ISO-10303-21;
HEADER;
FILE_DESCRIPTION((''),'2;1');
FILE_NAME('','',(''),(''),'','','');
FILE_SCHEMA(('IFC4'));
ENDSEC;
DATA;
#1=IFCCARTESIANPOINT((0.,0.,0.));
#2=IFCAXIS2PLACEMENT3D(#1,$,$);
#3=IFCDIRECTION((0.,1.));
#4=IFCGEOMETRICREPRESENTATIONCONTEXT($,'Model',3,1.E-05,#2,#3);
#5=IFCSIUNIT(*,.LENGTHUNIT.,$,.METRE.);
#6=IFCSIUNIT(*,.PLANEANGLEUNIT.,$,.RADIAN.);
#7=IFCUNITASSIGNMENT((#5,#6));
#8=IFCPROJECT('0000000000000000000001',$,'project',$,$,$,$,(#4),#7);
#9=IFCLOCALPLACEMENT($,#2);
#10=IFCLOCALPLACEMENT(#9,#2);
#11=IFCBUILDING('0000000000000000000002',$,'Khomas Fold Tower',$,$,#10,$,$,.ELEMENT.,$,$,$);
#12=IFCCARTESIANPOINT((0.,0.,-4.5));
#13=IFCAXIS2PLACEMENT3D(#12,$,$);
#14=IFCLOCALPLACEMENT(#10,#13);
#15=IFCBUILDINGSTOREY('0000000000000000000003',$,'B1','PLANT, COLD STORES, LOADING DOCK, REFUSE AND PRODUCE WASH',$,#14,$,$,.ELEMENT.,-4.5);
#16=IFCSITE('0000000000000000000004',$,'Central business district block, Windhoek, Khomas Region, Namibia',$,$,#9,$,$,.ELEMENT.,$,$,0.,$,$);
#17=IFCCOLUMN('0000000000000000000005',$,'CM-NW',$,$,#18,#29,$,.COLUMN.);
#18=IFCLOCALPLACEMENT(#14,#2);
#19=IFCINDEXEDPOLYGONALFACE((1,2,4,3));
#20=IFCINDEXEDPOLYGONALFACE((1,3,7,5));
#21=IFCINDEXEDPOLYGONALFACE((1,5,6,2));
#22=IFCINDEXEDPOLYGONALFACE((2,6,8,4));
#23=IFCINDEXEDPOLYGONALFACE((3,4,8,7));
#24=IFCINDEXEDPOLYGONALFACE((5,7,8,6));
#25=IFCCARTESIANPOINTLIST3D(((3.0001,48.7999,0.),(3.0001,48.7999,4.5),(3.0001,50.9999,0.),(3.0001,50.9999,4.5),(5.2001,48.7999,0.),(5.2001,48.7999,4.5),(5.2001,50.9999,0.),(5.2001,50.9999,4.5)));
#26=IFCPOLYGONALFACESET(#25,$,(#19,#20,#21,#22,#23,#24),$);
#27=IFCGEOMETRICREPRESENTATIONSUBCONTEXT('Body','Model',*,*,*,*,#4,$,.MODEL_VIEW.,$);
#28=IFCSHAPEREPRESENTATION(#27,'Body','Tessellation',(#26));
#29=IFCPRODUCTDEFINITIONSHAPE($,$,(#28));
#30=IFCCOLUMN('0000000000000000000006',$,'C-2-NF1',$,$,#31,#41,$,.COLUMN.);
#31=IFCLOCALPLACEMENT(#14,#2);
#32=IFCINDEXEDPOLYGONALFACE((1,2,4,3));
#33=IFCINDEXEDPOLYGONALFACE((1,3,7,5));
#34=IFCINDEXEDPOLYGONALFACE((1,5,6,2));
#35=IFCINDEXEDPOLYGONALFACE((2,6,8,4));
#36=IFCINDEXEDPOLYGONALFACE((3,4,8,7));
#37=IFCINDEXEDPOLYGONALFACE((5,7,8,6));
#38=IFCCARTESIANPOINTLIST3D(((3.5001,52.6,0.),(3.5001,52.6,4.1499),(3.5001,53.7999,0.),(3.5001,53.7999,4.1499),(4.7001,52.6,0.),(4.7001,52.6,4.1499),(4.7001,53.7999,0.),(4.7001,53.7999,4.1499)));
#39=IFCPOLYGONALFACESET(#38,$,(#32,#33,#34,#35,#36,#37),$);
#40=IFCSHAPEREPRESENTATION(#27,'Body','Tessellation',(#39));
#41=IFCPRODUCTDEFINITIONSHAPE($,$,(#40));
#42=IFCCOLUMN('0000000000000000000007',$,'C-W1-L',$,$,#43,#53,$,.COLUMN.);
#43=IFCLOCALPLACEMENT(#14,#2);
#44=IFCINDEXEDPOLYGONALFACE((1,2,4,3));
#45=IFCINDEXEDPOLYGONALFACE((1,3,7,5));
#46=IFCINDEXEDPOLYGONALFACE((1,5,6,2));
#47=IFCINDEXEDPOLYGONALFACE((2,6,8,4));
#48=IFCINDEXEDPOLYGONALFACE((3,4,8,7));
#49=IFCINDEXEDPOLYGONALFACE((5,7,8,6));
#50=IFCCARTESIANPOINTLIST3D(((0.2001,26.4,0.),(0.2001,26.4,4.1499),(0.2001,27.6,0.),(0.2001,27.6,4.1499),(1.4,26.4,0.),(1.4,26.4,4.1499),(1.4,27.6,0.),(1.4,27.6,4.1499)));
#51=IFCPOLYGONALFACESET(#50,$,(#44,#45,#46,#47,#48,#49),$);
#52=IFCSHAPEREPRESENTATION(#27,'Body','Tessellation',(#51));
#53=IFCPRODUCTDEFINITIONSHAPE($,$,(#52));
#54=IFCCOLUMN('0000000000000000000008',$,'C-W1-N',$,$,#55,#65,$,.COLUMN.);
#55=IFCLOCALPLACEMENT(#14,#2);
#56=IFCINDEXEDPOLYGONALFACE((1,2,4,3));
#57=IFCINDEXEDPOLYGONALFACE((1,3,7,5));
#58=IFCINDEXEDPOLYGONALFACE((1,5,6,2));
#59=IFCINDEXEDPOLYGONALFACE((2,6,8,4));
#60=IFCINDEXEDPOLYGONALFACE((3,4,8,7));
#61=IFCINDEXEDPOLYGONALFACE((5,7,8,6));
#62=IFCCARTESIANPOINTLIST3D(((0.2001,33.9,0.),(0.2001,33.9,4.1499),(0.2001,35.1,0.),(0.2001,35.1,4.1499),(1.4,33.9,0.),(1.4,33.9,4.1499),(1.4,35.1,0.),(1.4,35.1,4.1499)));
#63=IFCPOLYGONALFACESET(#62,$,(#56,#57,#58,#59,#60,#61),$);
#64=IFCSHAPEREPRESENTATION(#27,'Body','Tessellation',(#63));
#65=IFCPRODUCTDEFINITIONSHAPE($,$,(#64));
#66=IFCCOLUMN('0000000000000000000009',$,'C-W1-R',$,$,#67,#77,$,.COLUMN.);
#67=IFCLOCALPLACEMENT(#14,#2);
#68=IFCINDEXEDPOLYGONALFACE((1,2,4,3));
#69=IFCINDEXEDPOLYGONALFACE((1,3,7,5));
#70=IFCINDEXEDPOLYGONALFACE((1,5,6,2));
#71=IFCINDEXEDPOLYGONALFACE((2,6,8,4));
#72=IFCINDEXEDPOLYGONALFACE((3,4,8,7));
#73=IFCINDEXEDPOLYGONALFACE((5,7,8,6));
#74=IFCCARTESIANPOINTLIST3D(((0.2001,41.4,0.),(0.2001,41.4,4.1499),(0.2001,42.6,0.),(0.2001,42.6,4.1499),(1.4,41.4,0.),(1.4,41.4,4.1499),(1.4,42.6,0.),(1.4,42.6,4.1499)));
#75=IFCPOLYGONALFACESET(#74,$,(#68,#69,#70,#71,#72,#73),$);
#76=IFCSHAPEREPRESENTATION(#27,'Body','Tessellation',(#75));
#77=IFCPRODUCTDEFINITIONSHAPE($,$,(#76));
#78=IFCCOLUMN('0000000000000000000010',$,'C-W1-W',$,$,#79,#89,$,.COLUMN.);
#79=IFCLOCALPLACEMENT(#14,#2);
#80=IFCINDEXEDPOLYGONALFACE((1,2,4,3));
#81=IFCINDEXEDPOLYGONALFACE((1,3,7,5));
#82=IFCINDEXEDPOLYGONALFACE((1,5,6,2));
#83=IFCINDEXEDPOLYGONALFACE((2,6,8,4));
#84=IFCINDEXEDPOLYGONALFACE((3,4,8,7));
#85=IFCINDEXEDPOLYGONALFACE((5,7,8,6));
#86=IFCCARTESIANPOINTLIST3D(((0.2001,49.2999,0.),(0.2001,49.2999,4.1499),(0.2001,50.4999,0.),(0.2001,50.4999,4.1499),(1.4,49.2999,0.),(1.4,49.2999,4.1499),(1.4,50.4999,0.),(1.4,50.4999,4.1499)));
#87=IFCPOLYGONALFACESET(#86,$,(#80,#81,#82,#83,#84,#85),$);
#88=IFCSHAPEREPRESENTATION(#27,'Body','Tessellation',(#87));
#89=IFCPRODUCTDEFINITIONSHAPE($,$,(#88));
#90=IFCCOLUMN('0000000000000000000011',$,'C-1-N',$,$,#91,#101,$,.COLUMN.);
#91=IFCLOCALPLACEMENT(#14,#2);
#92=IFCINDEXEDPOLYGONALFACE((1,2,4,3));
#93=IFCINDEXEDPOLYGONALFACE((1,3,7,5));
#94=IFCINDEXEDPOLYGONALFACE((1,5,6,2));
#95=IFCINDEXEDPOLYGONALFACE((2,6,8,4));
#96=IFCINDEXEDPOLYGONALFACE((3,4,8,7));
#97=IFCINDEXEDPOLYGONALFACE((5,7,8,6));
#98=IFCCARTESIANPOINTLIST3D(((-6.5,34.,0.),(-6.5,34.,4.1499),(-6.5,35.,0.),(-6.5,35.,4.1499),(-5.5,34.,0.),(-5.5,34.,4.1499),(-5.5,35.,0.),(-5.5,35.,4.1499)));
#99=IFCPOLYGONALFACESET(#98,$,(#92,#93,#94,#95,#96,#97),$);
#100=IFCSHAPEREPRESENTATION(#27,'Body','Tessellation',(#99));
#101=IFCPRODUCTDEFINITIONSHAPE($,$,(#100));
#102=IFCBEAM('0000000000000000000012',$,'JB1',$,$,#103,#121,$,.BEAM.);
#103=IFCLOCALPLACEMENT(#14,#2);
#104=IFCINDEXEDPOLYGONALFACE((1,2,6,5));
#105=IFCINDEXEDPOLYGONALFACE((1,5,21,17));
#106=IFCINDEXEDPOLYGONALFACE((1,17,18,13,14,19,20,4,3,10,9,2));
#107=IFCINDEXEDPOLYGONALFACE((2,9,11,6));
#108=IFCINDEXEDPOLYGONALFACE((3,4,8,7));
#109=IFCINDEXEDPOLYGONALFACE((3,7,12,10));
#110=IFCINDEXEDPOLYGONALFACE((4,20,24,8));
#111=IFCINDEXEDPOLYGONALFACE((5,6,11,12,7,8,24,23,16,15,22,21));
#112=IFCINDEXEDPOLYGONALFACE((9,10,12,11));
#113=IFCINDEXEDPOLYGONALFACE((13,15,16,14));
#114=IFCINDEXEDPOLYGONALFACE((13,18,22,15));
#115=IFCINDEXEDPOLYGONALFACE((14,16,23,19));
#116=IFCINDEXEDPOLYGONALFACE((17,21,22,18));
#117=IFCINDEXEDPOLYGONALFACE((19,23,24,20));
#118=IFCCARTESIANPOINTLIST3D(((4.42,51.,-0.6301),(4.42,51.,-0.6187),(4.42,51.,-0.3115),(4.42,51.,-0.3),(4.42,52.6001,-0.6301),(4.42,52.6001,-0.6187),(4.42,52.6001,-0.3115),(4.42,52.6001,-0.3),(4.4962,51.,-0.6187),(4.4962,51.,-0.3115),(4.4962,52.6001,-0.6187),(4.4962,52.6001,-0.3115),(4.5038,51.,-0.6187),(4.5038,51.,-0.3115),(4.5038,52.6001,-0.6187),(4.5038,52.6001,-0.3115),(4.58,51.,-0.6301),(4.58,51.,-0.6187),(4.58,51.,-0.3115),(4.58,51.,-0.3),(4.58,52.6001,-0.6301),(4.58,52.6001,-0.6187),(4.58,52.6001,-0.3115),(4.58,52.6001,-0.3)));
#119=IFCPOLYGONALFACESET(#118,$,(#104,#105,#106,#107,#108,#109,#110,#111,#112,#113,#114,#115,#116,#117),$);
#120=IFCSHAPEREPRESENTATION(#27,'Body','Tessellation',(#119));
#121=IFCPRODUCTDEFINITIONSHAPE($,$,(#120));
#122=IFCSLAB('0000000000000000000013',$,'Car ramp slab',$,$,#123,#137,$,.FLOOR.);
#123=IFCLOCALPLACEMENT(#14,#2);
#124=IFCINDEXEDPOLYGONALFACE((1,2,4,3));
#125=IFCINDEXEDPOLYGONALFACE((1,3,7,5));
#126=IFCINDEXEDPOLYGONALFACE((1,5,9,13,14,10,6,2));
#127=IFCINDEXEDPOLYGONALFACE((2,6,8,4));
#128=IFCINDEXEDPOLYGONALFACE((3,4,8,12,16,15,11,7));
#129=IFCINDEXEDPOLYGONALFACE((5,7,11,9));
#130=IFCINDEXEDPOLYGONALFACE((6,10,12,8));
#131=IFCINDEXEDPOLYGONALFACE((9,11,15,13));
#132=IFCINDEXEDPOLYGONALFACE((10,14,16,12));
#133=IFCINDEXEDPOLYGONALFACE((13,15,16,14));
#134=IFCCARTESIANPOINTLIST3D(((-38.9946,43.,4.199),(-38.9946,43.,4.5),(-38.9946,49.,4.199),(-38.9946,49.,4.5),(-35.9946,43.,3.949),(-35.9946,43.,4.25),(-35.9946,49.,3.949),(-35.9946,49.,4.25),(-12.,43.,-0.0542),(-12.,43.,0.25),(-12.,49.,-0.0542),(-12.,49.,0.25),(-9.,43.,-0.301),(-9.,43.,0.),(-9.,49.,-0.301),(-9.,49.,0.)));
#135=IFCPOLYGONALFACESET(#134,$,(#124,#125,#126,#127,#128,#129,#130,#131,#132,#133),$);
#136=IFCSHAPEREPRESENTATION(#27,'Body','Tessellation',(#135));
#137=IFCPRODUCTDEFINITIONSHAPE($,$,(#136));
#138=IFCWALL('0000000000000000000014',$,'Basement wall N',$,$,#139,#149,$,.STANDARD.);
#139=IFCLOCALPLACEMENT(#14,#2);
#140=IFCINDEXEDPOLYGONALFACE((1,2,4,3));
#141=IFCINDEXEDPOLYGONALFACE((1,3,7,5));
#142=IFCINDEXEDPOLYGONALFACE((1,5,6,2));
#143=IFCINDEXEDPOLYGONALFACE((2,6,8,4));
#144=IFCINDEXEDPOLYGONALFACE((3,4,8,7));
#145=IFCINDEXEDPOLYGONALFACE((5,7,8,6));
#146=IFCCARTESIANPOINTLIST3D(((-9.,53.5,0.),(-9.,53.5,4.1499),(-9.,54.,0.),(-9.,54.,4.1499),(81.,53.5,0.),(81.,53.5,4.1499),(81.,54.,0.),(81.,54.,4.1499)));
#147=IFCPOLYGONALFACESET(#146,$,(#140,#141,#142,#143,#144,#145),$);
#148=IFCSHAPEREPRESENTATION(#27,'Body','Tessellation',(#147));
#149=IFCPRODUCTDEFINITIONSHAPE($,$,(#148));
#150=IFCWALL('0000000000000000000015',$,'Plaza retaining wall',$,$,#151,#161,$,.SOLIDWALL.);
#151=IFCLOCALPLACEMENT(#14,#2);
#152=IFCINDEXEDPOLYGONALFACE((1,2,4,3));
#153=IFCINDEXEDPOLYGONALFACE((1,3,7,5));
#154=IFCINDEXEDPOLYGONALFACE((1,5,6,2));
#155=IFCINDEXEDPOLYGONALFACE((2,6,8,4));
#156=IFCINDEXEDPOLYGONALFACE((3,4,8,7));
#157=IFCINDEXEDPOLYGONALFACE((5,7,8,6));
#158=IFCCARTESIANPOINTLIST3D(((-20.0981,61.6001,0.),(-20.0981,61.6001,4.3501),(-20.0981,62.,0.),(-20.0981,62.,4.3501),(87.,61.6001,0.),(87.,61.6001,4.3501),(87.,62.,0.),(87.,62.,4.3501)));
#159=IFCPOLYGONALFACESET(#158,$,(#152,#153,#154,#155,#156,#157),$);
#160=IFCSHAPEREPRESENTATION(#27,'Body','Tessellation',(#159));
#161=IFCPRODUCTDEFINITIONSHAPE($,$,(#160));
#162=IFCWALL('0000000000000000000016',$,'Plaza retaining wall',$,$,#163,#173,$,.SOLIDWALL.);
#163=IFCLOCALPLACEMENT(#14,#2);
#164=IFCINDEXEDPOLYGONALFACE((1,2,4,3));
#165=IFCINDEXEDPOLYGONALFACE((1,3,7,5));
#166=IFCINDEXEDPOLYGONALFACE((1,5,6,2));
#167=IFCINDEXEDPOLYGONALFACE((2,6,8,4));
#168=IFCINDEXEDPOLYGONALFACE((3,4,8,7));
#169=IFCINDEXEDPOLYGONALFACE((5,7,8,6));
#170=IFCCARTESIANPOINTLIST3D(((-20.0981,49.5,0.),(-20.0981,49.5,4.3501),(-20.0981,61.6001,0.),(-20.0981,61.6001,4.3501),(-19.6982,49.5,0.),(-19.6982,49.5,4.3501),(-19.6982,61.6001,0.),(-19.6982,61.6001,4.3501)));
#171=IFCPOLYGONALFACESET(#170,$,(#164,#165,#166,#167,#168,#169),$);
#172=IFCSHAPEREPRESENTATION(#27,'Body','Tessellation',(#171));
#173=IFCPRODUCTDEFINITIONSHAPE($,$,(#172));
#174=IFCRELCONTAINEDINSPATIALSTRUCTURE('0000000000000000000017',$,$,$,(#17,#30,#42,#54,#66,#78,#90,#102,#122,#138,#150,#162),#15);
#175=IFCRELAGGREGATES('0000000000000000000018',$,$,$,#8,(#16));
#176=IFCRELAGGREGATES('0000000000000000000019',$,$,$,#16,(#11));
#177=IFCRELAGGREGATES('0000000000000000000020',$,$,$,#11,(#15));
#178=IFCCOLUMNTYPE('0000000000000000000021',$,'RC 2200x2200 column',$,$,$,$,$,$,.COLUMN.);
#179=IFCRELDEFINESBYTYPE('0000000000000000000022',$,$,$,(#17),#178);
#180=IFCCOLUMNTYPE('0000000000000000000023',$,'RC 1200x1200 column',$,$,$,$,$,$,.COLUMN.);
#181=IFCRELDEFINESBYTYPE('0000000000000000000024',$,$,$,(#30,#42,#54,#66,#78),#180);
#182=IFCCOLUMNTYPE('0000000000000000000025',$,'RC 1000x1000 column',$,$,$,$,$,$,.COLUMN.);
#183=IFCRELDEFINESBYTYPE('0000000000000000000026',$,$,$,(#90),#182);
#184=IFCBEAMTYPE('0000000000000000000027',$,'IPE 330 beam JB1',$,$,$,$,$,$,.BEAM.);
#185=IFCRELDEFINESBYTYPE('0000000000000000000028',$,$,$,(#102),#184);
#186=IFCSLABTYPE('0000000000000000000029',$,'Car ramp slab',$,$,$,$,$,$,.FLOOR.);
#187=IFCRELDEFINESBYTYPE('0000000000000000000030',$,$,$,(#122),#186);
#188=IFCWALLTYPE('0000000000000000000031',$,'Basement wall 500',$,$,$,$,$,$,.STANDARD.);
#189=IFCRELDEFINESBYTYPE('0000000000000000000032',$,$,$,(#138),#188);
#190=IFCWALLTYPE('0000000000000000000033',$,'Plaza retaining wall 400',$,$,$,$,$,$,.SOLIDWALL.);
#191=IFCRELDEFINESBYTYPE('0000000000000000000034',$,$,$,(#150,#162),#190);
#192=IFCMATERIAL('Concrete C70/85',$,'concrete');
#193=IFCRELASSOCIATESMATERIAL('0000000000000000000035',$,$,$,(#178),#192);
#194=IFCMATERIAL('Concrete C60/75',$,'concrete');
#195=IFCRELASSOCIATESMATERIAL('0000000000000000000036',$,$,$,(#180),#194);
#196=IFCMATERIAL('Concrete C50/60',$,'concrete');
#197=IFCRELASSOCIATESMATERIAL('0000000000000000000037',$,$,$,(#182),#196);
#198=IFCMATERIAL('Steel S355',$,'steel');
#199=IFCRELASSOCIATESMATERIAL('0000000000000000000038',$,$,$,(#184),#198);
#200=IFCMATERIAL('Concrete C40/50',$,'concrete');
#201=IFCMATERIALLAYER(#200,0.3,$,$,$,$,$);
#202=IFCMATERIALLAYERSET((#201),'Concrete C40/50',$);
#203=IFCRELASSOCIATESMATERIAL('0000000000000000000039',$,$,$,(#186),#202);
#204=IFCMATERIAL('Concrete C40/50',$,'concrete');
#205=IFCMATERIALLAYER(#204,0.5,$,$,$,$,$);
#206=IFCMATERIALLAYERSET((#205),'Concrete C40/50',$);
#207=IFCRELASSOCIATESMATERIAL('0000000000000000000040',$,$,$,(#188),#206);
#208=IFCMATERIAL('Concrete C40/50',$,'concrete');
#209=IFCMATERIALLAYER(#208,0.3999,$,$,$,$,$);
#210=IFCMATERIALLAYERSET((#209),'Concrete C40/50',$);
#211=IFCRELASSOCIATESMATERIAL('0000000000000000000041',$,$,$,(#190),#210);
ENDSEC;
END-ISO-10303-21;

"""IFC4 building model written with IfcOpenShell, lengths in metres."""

from ifc_helpers import new_model, si_unit, direction, frame, frame_2d, origin, origin_2d, place, context, subcontext, project, spatial, polyline, rectangle, i_section, outline, extrude, source, transform, mapped, material, layer, layer_set, material_profile, profile_set, type_object, element, save


model = new_model("IFC4")

# Units and contexts
model_context = context("Model", 3, precision=1e-05, world=origin(), true_north=direction((0.0, 1.0)))
body_context = subcontext(model_context, "Body", "Model", "MODEL_VIEW")
ifc_project = project(units=[si_unit("LENGTHUNIT", "METRE"), si_unit("PLANEANGLEUNIT", "RADIAN")], contexts=[model_context])

# Site, building, storey
site_placement = place(None, origin())
site = spatial("IfcSite", under=ifc_project, at=site_placement, Name="Central business district block, Windhoek, Khomas Region, Namibia", CompositionType="ELEMENT", RefElevation=0.0)
building_placement = place(site_placement, origin())
building = spatial("IfcBuilding", under=site, at=building_placement, Name="Khomas Fold Tower", CompositionType="ELEMENT")
storey_placement = place(building_placement, frame((0.0, 0.0, -4.5)))
storey = spatial("IfcBuildingStorey", under=building, at=storey_placement, Name="B1", Description="PLANT, COLD STORES, LOADING DOCK, REFUSE AND PRODUCE WASH", CompositionType="ELEMENT", Elevation=-4.5)

# Columns
ifc_material_1 = material(Name="Concrete C70/85", Category="concrete")
ifc_material_profile_1 = material_profile(ifc_material_1, rectangle(XDim=2.2, YDim=2.2, at=origin_2d()), Name="RC 2200x2200")
ifc_profile_set_1 = profile_set([ifc_material_profile_1], Name="Concrete C70/85")
column_type_1 = type_object("IfcColumnType", Name="RC 2200x2200 column", PredefinedType="COLUMN", material=ifc_profile_set_1)
shared_shape_1 = source(origin(), body_context, "Body", "SweptSolid", [
    extrude(rectangle(XDim=2.2, YDim=2.2, at=origin_2d()), origin(), (0.0, 0.0, 1.0), 4.5),
])
column_1_placement = place(storey_placement, frame((4.1001, 49.8999, 0.0), z_axis=(0.0, 0.0, 1.0), x_axis=(1.0, 0.0, 0.0)))
element("IfcColumn", 1, at=column_1_placement, inside=storey, type_object=column_type_1, Name="CM-NW", PredefinedType="COLUMN", context=body_context, shape_type="MappedRepresentation", body=[
    mapped(shared_shape_1, transform((0.0, 0.0, 0.0))),
])
ifc_material_2 = material(Name="Concrete C60/75", Category="concrete")
ifc_material_profile_2 = material_profile(ifc_material_2, rectangle(XDim=1.2, YDim=1.2, at=origin_2d()), Name="RC 1200x1200")
ifc_profile_set_2 = profile_set([ifc_material_profile_2], Name="Concrete C60/75")
column_type_2 = type_object("IfcColumnType", Name="RC 1200x1200 column", PredefinedType="COLUMN", material=ifc_profile_set_2)
shared_shape_2 = source(origin(), body_context, "Body", "SweptSolid", [
    extrude(rectangle(XDim=1.2, YDim=1.2, at=origin_2d()), origin(), (0.0, 0.0, 1.0), 4.1499),
])
for number, where, z_axis, x_axis, name in (
    (2, (4.1001, 53.2, 0.0), (0.0, 0.0, 1.0), (1.0, 0.0, 0.0), "C-2-NF1"),
    (3, (0.8, 27.0, 0.0), (0.0, 0.0, 1.0), (1.0, 0.0, 0.0), "C-W1-L"),
    (4, (0.8, 34.5, 0.0), (0.0, 0.0, 1.0), (1.0, 0.0, 0.0), "C-W1-N"),
    (5, (0.8, 42.0, 0.0), (0.0, 0.0, 1.0), (1.0, 0.0, 0.0), "C-W1-R"),
    (6, (0.8, 49.8999, 0.0), (0.0, 0.0, 1.0), (1.0, 0.0, 0.0), "C-W1-W"),
):
    element("IfcColumn", number, at=place(storey_placement, frame(where, z_axis=z_axis, x_axis=x_axis)), inside=storey, type_object=column_type_2, Name=name, PredefinedType="COLUMN", context=body_context, shape_type="MappedRepresentation", body=[
        mapped(shared_shape_2, transform((0.0, 0.0, 0.0))),
    ])
ifc_material_3 = material(Name="Concrete C50/60", Category="concrete")
ifc_material_profile_3 = material_profile(ifc_material_3, rectangle(XDim=1.0, YDim=1.0, at=origin_2d()), Name="RC 1000x1000")
ifc_profile_set_3 = profile_set([ifc_material_profile_3], Name="Concrete C50/60")
column_type_3 = type_object("IfcColumnType", Name="RC 1000x1000 column", PredefinedType="COLUMN", material=ifc_profile_set_3)
shared_shape_3 = source(origin(), body_context, "Body", "SweptSolid", [
    extrude(rectangle(XDim=1.0, YDim=1.0, at=origin_2d()), origin(), (0.0, 0.0, 1.0), 4.1499),
])
column_2_placement = place(storey_placement, frame((-6.0, 34.5, 0.0), z_axis=(0.0, 0.0, 1.0), x_axis=(1.0, 0.0, 0.0)))
element("IfcColumn", 7, at=column_2_placement, inside=storey, type_object=column_type_3, Name="C-1-N", PredefinedType="COLUMN", context=body_context, shape_type="MappedRepresentation", body=[
    mapped(shared_shape_3, transform((0.0, 0.0, 0.0))),
])

# Beam
ifc_material_4 = material(Name="Steel S355", Category="steel")
ifc_material_profile_4 = material_profile(ifc_material_4, i_section(OverallWidth=0.1599, OverallDepth=0.3301, WebThickness=0.0076, FlangeThickness=0.0115, at=origin_2d()), Name="IPE 330")
ifc_profile_set_4 = profile_set([ifc_material_profile_4], Name="Steel S355")
beam_type = type_object("IfcBeamType", Name="IPE 330 beam JB1", PredefinedType="BEAM", material=ifc_profile_set_4)
shared_shape_4 = source(origin(), body_context, "Body", "SweptSolid", [
    extrude(i_section(OverallWidth=0.1599, OverallDepth=0.3301, WebThickness=0.0076, FlangeThickness=0.0115, at=origin_2d()), origin(), (0.0, 0.0, 1.0), 1.6001),
])
beam_placement = place(storey_placement, frame((4.5, 51.0, -0.4651), z_axis=(0.0, 1.0, 0.0), x_axis=(-1.0, 0.0, 0.0)))
element("IfcBeam", 8, at=beam_placement, inside=storey, type_object=beam_type, Name="JB1", PredefinedType="BEAM", context=body_context, shape_type="MappedRepresentation", body=[
    mapped(shared_shape_4, transform((0.0, 0.0, 0.0))),
])

# Slab
ifc_material_5 = material(Name="Concrete C40/50", Category="concrete")
ifc_layer_1 = layer(ifc_material_5, 0.3)
ifc_layer_set_1 = layer_set([ifc_layer_1], Name="Concrete C40/50")
slab_type = type_object("IfcSlabType", Name="Car ramp slab", PredefinedType="FLOOR", material=ifc_layer_set_1)
slab_placement = place(storey_placement, frame((-38.9946, 49.0, 4.5), z_axis=(0.0, 0.0, 1.0), x_axis=(1.0, 0.0, 0.0)))
element("IfcSlab", 9, at=slab_placement, inside=storey, type_object=slab_type, Name="Car ramp slab", PredefinedType="FLOOR", context=body_context, shape_type="SweptSolid", body=[
    extrude(outline(polyline([(0.0, 0.0), (3.0, -0.25), (26.9946, -4.25), (29.9946, -4.5), (29.9946, -4.801), (26.9946, -4.5542), (3.0, -0.551), (0.0, -0.301), (0.0, 0.0)])), frame((0.0, 0.0, 0.0), z_axis=(0.0, -1.0, 0.0), x_axis=(1.0, 0.0, 0.0)), (0.0, 0.0, 1.0), 6.0),
])

# Walls
ifc_material_6 = material(Name="Concrete C40/50", Category="concrete")
ifc_layer_2 = layer(ifc_material_6, 0.5)
ifc_layer_set_2 = layer_set([ifc_layer_2], Name="Concrete C40/50")
wall_type_1 = type_object("IfcWallType", Name="Basement wall 500", PredefinedType="STANDARD", material=ifc_layer_set_2)
shared_shape_5 = source(origin(), body_context, "Body", "SweptSolid", [
    extrude(rectangle(XDim=90.0, YDim=0.5, at=frame_2d((45.0, 0.0))), origin(), (0.0, 0.0, 1.0), 4.1499),
])
wall_1_placement = place(storey_placement, frame((-9.0, 53.75, 0.0), z_axis=(0.0, 0.0, 1.0), x_axis=(1.0, 0.0, 0.0)))
element("IfcWall", 10, at=wall_1_placement, inside=storey, type_object=wall_type_1, Name="Basement wall N", PredefinedType="STANDARD", context=body_context, shape_type="MappedRepresentation", body=[
    mapped(shared_shape_5, transform((0.0, 0.0, 0.0))),
])
ifc_material_7 = material(Name="Concrete C40/50", Category="concrete")
ifc_layer_3 = layer(ifc_material_7, 0.3999)
ifc_layer_set_3 = layer_set([ifc_layer_3], Name="Concrete C40/50")
wall_type_2 = type_object("IfcWallType", Name="Plaza retaining wall 400", PredefinedType="SOLIDWALL", material=ifc_layer_set_3)
shared_shape_6 = source(origin(), body_context, "Body", "SweptSolid", [
    extrude(rectangle(XDim=107.0981, YDim=0.3999, at=frame_2d((53.5491, 0.0))), origin(), (0.0, 0.0, 1.0), 4.3501),
])
wall_2_placement = place(storey_placement, frame((-20.0981, 61.8, 0.0), z_axis=(0.0, 0.0, 1.0), x_axis=(1.0, 0.0, 0.0)))
element("IfcWall", 11, at=wall_2_placement, inside=storey, type_object=wall_type_2, Name="Plaza retaining wall", PredefinedType="SOLIDWALL", context=body_context, shape_type="MappedRepresentation", body=[
    mapped(shared_shape_6, transform((0.0, 0.0, 0.0))),
])
shared_shape_7 = source(origin(), body_context, "Body", "SweptSolid", [
    extrude(rectangle(XDim=12.1001, YDim=0.3999, at=frame_2d((6.05, 0.0))), origin(), (0.0, 0.0, 1.0), 4.3501),
])
wall_3_placement = place(storey_placement, frame((-19.8982, 49.5, 0.0), z_axis=(0.0, 0.0, 1.0), x_axis=(0.0, 1.0, 0.0)))
element("IfcWall", 12, at=wall_3_placement, inside=storey, type_object=wall_type_2, Name="Plaza retaining wall", PredefinedType="SOLIDWALL", context=body_context, shape_type="MappedRepresentation", body=[
    mapped(shared_shape_7, transform((0.0, 0.0, 0.0))),
])

save(model, "model.ifc")
